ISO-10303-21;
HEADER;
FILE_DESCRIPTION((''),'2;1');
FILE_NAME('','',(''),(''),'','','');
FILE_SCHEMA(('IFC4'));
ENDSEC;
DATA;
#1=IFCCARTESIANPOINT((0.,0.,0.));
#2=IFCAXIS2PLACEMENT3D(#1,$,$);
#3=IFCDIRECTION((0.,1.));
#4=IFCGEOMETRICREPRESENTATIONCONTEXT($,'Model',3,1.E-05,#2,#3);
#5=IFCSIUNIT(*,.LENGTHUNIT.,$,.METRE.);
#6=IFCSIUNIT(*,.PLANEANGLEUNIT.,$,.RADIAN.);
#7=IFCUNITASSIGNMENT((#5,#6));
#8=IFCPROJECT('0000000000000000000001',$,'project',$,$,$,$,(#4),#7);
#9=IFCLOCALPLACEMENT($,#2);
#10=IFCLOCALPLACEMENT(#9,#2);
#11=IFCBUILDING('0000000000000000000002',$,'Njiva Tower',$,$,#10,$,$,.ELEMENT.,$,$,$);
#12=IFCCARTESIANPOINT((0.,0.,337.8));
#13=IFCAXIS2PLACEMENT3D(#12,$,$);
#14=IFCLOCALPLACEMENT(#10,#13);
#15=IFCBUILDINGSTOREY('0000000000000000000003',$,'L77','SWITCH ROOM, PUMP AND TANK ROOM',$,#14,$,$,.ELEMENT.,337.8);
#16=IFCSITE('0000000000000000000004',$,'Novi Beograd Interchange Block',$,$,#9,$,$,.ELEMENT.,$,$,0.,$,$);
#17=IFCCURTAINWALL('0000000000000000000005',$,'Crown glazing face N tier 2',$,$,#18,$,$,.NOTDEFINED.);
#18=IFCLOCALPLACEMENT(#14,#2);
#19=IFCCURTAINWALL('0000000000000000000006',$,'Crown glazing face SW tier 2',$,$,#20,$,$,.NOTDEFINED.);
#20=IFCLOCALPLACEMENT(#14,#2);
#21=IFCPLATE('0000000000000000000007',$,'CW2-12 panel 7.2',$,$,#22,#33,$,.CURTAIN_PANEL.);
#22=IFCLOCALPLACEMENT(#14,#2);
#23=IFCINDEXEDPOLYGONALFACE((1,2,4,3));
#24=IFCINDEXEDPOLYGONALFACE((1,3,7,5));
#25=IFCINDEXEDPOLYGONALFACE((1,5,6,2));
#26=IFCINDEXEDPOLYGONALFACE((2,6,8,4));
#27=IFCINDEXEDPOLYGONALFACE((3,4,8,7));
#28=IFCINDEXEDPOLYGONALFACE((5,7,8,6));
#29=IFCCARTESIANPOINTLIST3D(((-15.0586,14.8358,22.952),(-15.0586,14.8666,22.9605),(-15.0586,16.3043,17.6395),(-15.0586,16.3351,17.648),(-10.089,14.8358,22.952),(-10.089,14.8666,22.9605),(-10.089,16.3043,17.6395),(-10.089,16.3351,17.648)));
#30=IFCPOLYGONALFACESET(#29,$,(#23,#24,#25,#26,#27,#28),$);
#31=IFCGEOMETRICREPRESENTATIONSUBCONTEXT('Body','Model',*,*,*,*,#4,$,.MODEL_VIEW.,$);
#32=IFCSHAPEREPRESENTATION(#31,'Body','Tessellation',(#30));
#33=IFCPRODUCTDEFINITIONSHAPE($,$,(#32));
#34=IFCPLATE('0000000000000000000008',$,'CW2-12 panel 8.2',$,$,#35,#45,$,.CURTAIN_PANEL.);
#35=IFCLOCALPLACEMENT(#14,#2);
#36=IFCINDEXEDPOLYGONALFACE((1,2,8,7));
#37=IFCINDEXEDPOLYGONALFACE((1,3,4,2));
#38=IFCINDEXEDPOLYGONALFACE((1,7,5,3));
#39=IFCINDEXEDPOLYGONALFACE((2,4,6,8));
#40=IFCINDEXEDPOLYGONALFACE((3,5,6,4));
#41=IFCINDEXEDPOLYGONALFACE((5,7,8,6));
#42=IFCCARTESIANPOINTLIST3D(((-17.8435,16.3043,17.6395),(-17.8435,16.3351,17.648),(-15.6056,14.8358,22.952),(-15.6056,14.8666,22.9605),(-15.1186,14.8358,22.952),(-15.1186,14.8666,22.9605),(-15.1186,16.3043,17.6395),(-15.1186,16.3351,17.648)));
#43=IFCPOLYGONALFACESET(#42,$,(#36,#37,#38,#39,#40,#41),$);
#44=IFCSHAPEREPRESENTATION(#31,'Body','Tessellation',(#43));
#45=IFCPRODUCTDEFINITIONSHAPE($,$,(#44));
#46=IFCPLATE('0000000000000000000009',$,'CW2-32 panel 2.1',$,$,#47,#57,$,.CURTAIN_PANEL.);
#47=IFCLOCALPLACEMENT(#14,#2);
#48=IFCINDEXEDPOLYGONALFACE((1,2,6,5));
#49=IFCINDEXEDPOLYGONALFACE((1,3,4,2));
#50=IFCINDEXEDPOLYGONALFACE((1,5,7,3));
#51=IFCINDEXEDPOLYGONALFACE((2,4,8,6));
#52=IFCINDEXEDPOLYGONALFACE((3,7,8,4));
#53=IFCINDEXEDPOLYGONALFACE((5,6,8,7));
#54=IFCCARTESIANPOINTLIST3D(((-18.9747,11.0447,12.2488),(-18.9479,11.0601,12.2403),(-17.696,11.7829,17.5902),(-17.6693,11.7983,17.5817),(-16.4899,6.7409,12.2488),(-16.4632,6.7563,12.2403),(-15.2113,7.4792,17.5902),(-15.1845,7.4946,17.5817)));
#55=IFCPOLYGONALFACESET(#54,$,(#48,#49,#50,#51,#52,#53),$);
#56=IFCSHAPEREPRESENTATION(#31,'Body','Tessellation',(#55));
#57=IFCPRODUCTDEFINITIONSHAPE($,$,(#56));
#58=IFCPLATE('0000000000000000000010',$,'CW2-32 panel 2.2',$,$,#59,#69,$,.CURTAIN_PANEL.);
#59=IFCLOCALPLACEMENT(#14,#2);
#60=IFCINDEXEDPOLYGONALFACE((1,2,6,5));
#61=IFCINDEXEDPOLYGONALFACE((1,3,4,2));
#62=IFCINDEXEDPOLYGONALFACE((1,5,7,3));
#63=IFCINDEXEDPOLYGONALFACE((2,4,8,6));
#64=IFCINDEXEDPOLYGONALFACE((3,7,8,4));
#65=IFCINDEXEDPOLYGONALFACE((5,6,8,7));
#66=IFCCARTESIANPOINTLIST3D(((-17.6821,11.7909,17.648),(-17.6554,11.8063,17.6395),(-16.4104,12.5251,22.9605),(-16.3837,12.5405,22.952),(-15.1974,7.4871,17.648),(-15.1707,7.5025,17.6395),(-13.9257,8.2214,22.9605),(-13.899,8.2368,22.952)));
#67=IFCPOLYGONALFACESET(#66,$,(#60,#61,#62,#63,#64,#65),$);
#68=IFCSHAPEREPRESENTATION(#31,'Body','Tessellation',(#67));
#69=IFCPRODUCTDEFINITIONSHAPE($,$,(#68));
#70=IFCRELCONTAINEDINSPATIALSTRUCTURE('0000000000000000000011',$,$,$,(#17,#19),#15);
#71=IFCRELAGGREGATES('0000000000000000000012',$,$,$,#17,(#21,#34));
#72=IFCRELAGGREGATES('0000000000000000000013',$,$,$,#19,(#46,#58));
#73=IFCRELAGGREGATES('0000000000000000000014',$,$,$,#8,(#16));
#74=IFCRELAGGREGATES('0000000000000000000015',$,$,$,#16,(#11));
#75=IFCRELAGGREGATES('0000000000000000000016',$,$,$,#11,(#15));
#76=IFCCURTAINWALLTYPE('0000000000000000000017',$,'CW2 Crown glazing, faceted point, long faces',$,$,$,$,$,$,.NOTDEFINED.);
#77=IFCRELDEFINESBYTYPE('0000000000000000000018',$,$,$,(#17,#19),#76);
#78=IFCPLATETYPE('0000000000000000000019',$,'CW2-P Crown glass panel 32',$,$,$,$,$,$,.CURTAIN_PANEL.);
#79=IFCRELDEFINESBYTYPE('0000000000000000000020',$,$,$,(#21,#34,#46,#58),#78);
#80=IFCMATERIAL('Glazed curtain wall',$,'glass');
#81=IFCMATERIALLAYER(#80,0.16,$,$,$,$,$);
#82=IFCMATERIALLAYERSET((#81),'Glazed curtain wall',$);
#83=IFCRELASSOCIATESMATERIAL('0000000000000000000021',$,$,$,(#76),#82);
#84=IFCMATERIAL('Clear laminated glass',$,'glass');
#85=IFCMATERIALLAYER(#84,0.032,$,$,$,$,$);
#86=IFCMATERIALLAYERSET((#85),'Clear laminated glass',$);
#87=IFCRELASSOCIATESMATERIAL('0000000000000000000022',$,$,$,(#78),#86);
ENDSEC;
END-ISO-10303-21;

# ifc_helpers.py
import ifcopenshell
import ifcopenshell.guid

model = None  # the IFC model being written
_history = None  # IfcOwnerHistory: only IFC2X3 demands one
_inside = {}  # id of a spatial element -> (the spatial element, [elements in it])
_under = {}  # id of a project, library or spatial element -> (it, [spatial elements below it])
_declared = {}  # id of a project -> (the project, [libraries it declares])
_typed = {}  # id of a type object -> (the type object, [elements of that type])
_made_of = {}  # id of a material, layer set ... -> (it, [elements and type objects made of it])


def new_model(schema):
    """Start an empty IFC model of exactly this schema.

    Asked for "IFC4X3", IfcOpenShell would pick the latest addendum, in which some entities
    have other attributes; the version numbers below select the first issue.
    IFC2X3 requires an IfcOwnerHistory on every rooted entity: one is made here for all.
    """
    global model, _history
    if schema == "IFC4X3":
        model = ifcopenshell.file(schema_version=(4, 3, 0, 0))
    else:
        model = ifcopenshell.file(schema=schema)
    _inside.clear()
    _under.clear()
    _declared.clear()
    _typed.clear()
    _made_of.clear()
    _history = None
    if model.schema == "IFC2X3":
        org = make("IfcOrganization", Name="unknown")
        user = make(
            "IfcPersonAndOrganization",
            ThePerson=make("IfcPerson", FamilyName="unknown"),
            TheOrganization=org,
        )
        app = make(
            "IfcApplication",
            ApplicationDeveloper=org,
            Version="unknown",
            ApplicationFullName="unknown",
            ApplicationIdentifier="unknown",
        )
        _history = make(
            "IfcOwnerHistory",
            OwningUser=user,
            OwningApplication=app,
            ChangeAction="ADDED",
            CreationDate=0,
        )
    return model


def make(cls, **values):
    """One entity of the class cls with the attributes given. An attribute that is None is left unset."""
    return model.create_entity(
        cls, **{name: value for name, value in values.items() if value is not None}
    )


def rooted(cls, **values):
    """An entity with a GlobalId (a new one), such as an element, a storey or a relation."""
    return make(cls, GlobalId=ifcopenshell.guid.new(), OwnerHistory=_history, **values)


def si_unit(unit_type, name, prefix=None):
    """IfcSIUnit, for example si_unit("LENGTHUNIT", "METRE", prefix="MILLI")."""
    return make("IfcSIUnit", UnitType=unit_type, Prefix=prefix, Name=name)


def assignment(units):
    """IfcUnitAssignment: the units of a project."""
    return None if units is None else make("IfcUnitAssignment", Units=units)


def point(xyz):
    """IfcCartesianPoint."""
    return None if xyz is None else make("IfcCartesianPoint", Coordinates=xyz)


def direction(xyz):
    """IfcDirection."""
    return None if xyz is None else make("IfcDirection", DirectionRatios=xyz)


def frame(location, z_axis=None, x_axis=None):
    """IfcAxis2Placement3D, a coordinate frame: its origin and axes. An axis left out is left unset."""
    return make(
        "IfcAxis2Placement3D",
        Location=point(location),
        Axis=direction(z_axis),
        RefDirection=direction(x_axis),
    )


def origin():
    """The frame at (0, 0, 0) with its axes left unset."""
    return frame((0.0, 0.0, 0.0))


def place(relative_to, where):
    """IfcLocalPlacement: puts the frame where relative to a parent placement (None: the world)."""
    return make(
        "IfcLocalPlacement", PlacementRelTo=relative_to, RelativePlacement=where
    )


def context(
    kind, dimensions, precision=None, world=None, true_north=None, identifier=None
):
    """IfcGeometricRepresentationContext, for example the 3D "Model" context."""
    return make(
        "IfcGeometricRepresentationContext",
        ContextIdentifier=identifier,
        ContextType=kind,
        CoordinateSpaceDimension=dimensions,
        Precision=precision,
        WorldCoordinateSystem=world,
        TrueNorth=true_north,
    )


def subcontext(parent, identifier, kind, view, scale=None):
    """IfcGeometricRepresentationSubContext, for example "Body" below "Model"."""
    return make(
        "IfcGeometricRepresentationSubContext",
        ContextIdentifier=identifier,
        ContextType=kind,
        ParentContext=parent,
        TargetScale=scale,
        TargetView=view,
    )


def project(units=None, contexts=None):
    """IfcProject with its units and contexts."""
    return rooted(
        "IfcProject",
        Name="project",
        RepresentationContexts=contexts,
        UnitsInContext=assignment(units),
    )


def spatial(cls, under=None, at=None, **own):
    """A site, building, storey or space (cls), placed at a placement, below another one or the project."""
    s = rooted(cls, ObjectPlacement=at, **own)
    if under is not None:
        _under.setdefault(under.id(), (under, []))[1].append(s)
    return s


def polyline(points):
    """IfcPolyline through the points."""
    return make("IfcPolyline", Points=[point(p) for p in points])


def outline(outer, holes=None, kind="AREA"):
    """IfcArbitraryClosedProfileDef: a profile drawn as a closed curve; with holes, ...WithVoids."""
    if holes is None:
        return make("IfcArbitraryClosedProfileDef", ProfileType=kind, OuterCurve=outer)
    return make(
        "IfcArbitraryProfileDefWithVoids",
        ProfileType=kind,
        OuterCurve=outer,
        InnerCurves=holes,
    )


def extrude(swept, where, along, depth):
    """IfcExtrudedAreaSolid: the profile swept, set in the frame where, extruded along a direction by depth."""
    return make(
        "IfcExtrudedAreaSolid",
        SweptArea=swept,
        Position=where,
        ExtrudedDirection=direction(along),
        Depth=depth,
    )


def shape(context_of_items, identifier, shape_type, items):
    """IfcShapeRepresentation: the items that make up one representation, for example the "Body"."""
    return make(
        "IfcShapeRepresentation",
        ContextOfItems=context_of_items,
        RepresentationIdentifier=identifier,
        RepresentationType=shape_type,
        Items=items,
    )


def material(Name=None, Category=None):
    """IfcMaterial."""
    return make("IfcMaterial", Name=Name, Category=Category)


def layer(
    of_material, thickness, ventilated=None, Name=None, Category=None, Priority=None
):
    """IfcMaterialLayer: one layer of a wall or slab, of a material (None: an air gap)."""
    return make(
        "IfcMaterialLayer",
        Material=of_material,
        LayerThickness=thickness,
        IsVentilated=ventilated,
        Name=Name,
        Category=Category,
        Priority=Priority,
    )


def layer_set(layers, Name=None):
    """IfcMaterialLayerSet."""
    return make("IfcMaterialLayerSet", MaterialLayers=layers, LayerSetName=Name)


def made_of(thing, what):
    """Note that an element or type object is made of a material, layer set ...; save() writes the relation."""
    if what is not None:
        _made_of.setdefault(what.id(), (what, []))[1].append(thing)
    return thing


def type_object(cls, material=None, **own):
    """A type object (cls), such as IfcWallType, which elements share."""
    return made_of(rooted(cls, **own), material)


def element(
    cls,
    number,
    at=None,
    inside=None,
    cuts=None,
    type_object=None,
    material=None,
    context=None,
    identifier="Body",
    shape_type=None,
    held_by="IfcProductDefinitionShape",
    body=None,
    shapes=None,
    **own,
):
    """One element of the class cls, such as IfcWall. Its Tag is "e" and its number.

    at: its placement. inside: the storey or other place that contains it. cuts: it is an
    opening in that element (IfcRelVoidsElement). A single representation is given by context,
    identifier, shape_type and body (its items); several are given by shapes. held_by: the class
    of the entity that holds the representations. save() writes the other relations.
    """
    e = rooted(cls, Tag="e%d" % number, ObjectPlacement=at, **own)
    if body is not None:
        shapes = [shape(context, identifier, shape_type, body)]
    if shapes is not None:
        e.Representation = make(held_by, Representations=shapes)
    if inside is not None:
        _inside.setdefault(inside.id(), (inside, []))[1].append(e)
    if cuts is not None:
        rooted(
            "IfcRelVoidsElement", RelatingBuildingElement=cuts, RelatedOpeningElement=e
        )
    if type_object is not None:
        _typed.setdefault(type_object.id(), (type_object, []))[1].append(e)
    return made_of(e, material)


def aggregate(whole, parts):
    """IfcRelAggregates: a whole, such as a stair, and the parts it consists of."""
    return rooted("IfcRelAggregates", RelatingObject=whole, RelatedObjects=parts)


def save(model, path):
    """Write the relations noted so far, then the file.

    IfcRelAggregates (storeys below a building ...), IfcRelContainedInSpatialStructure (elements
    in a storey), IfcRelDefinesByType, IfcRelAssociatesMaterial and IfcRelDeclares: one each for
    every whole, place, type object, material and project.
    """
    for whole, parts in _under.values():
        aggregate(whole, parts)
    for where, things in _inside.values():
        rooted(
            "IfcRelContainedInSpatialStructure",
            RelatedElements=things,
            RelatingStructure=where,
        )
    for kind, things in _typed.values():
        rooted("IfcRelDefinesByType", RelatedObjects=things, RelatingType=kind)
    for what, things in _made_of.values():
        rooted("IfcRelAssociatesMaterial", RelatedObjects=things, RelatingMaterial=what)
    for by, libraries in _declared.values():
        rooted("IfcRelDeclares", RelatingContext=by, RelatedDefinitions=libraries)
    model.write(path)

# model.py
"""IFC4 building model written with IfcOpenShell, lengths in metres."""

from ifc_helpers import new_model, si_unit, direction, frame, origin, place, context, subcontext, project, spatial, polyline, outline, extrude, material, layer, layer_set, type_object, element, aggregate, save


model = new_model("IFC4")

# Units and contexts
model_context = context("Model", 3, precision=1e-05, world=origin(), true_north=direction((0.0, 1.0)))
body_context = subcontext(model_context, "Body", "Model", "MODEL_VIEW")
ifc_project = project(units=[si_unit("LENGTHUNIT", "METRE"), si_unit("PLANEANGLEUNIT", "RADIAN")], contexts=[model_context])

# Site, building, storey
site_placement = place(None, origin())
site = spatial("IfcSite", under=ifc_project, at=site_placement, Name="Novi Beograd Interchange Block", CompositionType="ELEMENT", RefElevation=0.0)
building_placement = place(site_placement, origin())
building = spatial("IfcBuilding", under=site, at=building_placement, Name="Njiva Tower", CompositionType="ELEMENT")
storey_placement = place(building_placement, frame((0.0, 0.0, 337.8)))
storey = spatial("IfcBuildingStorey", under=building, at=storey_placement, Name="L77", Description="SWITCH ROOM, PUMP AND TANK ROOM", CompositionType="ELEMENT", Elevation=337.8)

# Curtain wall
ifc_material_1 = material(Name="Glazed curtain wall", Category="glass")
ifc_layer_1 = layer(ifc_material_1, 0.16)
ifc_layer_set_1 = layer_set([ifc_layer_1], Name="Glazed curtain wall")
curtain_wall_type = type_object("IfcCurtainWallType", Name="CW2 Crown glazing, faceted point, long faces", PredefinedType="NOTDEFINED", material=ifc_layer_set_1)
curtain_wall_1_placement = place(storey_placement, origin())
curtain_wall_1 = element("IfcCurtainWall", 1, at=curtain_wall_1_placement, inside=storey, type_object=curtain_wall_type, Name="Crown glazing face N tier 2", PredefinedType="NOTDEFINED")

# Curtain wall
curtain_wall_2_placement = place(storey_placement, origin())
curtain_wall_2 = element("IfcCurtainWall", 2, at=curtain_wall_2_placement, inside=storey, type_object=curtain_wall_type, Name="Crown glazing face SW tier 2", PredefinedType="NOTDEFINED")

# Plates
ifc_material_2 = material(Name="Clear laminated glass", Category="glass")
ifc_layer_2 = layer(ifc_material_2, 0.032)
ifc_layer_set_2 = layer_set([ifc_layer_2], Name="Clear laminated glass")
plate_type = type_object("IfcPlateType", Name="CW2-P Crown glass panel 32", PredefinedType="CURTAIN_PANEL", material=ifc_layer_set_2)
plate_1_placement = place(storey_placement, frame((-15.0586, 16.3351, 17.648), z_axis=(0.0, 0.963854, 0.266432), x_axis=(0.0, -0.266432, 0.963854)))
plate_1 = element("IfcPlate", 3, at=plate_1_placement, type_object=plate_type, Name="CW2-12 panel 7.2", PredefinedType="CURTAIN_PANEL", context=body_context, shape_type="SweptSolid", body=[
    extrude(outline(polyline([(0.0, 0.0), (5.5117, 0.0), (5.5117, 4.9696), (0.0, 4.9696), (0.0, 0.0)])), origin(), (0.0, 0.0, -1.0), 0.032),
])
plate_2_placement = place(storey_placement, frame((-15.6056, 14.8666, 22.9605), z_axis=(0.0, 0.963854, 0.266432), x_axis=(1.0, 0.0, 0.0)))
plate_2 = element("IfcPlate", 4, at=plate_2_placement, type_object=plate_type, Name="CW2-12 panel 8.2", PredefinedType="CURTAIN_PANEL", context=body_context, shape_type="SweptSolid", body=[
    extrude(outline(polyline([(0.0, 0.0), (0.487, 0.0), (0.487, 5.5117), (-2.2379, 5.5117), (0.0, 0.0)])), origin(), (0.0, 0.0, -1.0), 0.032),
])
aggregate(curtain_wall_1, [plate_1, plate_2])
plate_3_placement = place(storey_placement, frame((-16.4899, 6.7409, 12.2488), z_axis=(-0.834724, -0.481924, 0.266428), x_axis=(0.230731, 0.13322, 0.963855)))
plate_3 = element("IfcPlate", 5, at=plate_3_placement, type_object=plate_type, Name="CW2-32 panel 2.1", PredefinedType="CURTAIN_PANEL", context=body_context, shape_type="SweptSolid", body=[
    extrude(outline(polyline([(0.0, 0.0), (5.5417, 0.0), (5.5417, 4.9695), (0.0001, 4.9696), (0.0, 0.0)])), origin(), (0.0, 0.0, -1.0), 0.032),
])
plate_4_placement = place(storey_placement, frame((-15.1974, 7.4871, 17.648), z_axis=(-0.83473, -0.481918, 0.266423), x_axis=(0.230723, 0.133223, 0.963856)))
plate_4 = element("IfcPlate", 6, at=plate_4_placement, type_object=plate_type, Name="CW2-32 panel 2.2", PredefinedType="CURTAIN_PANEL", context=body_context, shape_type="SweptSolid", body=[
    extrude(outline(polyline([(0.0, 0.0), (5.5117, 0.0), (5.5118, 4.9695), (0.0001, 4.9696), (0.0, 0.0)])), origin(), (0.0, 0.0, -1.0), 0.032),
])
aggregate(curtain_wall_2, [plate_3, plate_4])

save(model, "model.ifc")
